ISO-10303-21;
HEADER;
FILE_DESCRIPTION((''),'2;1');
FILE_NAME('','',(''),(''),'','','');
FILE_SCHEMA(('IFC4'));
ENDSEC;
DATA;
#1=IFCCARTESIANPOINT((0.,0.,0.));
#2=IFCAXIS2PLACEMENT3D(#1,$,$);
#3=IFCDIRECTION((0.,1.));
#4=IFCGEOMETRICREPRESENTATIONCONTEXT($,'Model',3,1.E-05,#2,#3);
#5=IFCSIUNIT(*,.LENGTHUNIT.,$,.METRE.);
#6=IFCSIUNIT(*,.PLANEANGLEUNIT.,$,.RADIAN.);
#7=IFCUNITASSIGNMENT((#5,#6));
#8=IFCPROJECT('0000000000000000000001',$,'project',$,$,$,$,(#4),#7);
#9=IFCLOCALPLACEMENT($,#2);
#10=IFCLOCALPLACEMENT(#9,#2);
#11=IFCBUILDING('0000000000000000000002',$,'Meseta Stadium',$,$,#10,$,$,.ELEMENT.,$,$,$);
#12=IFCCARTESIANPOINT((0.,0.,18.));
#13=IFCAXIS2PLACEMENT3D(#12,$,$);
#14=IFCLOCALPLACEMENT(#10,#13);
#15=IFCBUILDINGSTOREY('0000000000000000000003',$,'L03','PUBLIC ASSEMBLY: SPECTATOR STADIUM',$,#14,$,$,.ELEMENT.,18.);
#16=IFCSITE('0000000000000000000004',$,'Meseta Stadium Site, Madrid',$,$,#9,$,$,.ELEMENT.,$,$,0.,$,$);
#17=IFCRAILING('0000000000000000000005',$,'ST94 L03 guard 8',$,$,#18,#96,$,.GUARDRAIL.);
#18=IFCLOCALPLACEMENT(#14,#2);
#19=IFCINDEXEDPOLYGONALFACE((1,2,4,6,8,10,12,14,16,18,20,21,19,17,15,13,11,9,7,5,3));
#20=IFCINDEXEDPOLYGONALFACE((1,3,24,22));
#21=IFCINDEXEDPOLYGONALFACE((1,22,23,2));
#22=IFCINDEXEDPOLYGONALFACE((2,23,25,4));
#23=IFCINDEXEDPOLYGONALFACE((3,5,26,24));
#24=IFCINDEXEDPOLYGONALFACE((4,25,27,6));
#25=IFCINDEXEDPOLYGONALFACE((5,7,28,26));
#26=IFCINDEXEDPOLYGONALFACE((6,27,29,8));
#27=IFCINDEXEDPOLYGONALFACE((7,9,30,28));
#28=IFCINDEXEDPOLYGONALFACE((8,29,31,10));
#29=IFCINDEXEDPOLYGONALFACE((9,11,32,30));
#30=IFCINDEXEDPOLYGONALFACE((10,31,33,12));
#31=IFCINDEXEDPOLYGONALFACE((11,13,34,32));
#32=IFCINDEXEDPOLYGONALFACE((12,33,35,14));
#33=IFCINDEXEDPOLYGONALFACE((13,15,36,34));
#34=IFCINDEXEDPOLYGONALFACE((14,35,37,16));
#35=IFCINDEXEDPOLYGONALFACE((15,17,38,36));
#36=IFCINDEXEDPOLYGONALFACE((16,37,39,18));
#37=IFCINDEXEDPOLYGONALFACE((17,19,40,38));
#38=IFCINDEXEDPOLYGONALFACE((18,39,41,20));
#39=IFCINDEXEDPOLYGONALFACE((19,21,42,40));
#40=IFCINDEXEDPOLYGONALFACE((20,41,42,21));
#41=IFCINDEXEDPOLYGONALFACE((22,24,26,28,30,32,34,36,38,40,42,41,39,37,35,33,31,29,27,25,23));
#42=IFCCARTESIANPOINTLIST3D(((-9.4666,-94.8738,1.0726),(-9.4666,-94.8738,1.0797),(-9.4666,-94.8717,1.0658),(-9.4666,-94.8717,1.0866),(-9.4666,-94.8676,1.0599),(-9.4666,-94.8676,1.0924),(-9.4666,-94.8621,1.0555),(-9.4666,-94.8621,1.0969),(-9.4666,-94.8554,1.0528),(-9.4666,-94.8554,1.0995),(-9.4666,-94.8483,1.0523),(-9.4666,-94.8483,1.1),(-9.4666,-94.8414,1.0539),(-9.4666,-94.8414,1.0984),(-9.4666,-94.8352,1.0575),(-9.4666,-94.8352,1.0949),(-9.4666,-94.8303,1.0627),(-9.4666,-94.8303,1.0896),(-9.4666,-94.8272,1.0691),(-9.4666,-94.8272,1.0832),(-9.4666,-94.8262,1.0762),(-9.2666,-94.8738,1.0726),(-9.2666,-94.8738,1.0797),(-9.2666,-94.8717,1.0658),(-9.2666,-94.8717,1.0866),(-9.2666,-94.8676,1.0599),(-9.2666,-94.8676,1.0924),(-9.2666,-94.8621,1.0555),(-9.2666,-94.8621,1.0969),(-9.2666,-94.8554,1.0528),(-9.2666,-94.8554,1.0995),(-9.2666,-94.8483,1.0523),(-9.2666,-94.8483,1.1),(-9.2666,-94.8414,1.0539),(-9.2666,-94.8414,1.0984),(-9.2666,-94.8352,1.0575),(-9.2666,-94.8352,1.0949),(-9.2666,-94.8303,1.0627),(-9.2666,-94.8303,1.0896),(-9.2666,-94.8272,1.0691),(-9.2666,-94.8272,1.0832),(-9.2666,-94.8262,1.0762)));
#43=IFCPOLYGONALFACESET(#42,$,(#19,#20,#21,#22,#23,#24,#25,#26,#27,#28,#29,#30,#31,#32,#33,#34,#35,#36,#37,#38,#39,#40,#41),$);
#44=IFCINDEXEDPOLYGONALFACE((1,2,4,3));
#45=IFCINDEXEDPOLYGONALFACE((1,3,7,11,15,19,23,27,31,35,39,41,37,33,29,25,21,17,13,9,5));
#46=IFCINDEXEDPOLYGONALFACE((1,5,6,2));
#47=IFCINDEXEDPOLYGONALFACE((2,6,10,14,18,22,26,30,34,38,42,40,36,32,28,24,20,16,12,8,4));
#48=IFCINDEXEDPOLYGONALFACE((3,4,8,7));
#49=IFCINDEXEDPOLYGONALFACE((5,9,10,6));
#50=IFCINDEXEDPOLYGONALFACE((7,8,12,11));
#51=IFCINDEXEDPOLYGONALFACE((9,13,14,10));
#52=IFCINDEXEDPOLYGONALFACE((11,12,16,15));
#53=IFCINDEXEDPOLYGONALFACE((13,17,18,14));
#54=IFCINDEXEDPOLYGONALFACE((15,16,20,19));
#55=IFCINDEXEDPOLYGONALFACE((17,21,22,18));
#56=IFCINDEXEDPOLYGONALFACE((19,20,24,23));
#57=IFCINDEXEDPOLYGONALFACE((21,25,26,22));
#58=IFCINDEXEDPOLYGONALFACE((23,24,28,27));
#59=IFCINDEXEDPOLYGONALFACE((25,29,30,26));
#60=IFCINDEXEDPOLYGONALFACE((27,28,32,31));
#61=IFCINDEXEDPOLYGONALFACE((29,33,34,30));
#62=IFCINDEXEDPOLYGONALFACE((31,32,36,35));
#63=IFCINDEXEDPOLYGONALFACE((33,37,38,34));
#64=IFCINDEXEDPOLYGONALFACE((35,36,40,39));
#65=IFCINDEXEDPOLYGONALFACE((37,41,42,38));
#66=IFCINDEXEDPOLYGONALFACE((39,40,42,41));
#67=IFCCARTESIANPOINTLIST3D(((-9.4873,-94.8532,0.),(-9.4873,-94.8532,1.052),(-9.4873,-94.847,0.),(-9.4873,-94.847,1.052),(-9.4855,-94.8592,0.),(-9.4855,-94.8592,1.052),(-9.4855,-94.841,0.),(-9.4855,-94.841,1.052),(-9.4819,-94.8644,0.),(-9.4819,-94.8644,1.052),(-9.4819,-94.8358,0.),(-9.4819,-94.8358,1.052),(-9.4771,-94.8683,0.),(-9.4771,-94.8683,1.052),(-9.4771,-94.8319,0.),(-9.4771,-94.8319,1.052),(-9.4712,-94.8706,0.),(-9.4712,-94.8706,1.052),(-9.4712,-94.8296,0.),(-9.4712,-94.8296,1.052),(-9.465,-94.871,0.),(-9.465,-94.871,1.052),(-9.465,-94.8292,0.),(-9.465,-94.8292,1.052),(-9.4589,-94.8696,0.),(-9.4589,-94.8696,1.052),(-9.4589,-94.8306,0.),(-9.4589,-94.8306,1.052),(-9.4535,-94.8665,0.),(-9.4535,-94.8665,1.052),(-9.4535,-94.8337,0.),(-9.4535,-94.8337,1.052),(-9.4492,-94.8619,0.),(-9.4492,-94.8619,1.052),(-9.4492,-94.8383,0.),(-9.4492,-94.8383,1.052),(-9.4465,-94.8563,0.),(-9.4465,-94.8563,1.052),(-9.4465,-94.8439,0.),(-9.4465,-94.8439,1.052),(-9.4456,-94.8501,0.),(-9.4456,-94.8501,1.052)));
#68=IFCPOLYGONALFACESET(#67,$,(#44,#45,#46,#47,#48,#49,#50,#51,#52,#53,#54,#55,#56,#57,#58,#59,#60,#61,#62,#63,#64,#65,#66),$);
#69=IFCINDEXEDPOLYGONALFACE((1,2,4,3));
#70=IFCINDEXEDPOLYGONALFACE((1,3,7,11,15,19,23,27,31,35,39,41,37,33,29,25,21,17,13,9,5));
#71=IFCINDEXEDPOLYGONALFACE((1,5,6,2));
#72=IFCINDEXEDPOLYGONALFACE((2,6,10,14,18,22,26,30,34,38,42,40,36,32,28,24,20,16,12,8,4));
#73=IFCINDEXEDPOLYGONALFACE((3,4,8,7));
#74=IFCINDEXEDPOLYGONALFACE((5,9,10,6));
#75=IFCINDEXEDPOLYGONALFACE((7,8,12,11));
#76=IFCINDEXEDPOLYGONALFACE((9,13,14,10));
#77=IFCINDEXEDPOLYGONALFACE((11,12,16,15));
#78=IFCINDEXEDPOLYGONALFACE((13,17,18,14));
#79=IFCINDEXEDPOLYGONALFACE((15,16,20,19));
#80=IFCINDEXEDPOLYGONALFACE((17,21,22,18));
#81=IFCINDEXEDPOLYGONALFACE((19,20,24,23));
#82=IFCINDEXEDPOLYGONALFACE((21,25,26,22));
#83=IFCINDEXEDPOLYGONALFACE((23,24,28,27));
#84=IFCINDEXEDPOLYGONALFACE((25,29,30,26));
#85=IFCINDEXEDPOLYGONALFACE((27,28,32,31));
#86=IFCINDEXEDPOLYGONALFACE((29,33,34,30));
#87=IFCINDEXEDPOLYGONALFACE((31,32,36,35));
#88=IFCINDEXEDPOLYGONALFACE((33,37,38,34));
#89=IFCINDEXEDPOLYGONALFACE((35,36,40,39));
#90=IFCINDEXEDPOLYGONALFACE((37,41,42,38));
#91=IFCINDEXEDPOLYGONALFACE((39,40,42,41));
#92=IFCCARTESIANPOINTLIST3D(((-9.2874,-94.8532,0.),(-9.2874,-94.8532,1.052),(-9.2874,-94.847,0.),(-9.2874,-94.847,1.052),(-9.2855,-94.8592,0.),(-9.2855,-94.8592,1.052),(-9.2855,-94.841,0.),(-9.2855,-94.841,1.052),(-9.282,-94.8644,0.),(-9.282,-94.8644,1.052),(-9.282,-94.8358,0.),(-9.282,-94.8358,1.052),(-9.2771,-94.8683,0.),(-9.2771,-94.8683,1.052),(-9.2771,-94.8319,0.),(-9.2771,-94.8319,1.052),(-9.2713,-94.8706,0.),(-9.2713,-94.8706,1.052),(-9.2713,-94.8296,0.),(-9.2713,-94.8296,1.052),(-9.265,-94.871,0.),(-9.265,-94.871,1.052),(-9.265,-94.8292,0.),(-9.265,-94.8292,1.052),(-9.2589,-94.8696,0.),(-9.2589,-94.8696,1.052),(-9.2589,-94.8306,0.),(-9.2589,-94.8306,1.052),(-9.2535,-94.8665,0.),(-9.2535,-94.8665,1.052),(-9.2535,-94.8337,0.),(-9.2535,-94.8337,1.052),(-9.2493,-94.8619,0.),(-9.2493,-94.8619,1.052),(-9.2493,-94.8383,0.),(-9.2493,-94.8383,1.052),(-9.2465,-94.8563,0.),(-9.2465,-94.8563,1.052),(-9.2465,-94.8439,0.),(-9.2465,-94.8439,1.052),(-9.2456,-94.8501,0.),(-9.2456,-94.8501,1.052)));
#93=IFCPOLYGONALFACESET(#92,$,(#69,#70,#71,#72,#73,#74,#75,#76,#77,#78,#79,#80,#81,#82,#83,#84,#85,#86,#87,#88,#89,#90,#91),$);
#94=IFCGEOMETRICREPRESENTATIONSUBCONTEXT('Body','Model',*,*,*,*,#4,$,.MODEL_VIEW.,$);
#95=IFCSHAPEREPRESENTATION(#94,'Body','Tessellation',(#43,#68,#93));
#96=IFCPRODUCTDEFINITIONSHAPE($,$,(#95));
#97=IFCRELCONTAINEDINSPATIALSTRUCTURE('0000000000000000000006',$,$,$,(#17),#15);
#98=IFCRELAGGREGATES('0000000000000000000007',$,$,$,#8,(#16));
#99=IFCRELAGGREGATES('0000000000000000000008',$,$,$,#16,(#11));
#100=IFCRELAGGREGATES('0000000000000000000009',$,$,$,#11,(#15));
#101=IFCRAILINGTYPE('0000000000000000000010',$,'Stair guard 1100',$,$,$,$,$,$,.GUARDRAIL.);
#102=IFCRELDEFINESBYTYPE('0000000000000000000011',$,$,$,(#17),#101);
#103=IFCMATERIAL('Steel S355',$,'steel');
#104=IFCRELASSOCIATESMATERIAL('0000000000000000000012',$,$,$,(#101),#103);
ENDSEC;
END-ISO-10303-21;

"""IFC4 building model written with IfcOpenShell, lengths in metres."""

from ifc_helpers import new_model, si_unit, direction, frame, origin, origin_2d, place, context, subcontext, project, spatial, circle, extrude, material, type_object, element, save


model = new_model("IFC4")

# Units and contexts
model_context = context("Model", 3, precision=1e-05, world=origin(), true_north=direction((0.0, 1.0)))
body_context = subcontext(model_context, "Body", "Model", "MODEL_VIEW")
ifc_project = project(units=[si_unit("LENGTHUNIT", "METRE"), si_unit("PLANEANGLEUNIT", "RADIAN")], contexts=[model_context])

# Site, building, storey
site_placement = place(None, origin())
site = spatial("IfcSite", under=ifc_project, at=site_placement, Name="Meseta Stadium Site, Madrid", CompositionType="ELEMENT", RefElevation=0.0)
building_placement = place(site_placement, origin())
building = spatial("IfcBuilding", under=site, at=building_placement, Name="Meseta Stadium", CompositionType="ELEMENT")
storey_placement = place(building_placement, frame((0.0, 0.0, 18.0)))
storey = spatial("IfcBuildingStorey", under=building, at=storey_placement, Name="L03", Description="PUBLIC ASSEMBLY: SPECTATOR STADIUM", CompositionType="ELEMENT", Elevation=18.0)

# Railing
ifc_material_1 = material(Name="Steel S355", Category="steel")
railing_type_1 = type_object("IfcRailingType", Name="Stair guard 1100", PredefinedType="GUARDRAIL", material=ifc_material_1)
railing_1_placement = place(storey_placement, frame((-9.4666, -94.8501, 0.0)))
element("IfcRailing", 1, at=railing_1_placement, inside=storey, type_object=railing_type_1, Name="ST94 L03 guard 8", PredefinedType="GUARDRAIL", context=body_context, shape_type="SweptSolid", body=[
    extrude(circle(Radius=0.0239, at=origin_2d()), frame((0.0, 0.0, 1.0762), z_axis=(1.0, 0.0, 0.0), x_axis=(0.0, 1.0, 0.0)), (0.0, 0.0, 1.0), 0.2),
    extrude(circle(Radius=0.021, at=origin_2d()), origin(), (0.0, 0.0, 1.0), 1.052),
    extrude(circle(Radius=0.021, at=origin_2d()), frame((0.2, 0.0, 0.0)), (0.0, 0.0, 1.0), 1.052),
])

save(model, "model.ifc")
